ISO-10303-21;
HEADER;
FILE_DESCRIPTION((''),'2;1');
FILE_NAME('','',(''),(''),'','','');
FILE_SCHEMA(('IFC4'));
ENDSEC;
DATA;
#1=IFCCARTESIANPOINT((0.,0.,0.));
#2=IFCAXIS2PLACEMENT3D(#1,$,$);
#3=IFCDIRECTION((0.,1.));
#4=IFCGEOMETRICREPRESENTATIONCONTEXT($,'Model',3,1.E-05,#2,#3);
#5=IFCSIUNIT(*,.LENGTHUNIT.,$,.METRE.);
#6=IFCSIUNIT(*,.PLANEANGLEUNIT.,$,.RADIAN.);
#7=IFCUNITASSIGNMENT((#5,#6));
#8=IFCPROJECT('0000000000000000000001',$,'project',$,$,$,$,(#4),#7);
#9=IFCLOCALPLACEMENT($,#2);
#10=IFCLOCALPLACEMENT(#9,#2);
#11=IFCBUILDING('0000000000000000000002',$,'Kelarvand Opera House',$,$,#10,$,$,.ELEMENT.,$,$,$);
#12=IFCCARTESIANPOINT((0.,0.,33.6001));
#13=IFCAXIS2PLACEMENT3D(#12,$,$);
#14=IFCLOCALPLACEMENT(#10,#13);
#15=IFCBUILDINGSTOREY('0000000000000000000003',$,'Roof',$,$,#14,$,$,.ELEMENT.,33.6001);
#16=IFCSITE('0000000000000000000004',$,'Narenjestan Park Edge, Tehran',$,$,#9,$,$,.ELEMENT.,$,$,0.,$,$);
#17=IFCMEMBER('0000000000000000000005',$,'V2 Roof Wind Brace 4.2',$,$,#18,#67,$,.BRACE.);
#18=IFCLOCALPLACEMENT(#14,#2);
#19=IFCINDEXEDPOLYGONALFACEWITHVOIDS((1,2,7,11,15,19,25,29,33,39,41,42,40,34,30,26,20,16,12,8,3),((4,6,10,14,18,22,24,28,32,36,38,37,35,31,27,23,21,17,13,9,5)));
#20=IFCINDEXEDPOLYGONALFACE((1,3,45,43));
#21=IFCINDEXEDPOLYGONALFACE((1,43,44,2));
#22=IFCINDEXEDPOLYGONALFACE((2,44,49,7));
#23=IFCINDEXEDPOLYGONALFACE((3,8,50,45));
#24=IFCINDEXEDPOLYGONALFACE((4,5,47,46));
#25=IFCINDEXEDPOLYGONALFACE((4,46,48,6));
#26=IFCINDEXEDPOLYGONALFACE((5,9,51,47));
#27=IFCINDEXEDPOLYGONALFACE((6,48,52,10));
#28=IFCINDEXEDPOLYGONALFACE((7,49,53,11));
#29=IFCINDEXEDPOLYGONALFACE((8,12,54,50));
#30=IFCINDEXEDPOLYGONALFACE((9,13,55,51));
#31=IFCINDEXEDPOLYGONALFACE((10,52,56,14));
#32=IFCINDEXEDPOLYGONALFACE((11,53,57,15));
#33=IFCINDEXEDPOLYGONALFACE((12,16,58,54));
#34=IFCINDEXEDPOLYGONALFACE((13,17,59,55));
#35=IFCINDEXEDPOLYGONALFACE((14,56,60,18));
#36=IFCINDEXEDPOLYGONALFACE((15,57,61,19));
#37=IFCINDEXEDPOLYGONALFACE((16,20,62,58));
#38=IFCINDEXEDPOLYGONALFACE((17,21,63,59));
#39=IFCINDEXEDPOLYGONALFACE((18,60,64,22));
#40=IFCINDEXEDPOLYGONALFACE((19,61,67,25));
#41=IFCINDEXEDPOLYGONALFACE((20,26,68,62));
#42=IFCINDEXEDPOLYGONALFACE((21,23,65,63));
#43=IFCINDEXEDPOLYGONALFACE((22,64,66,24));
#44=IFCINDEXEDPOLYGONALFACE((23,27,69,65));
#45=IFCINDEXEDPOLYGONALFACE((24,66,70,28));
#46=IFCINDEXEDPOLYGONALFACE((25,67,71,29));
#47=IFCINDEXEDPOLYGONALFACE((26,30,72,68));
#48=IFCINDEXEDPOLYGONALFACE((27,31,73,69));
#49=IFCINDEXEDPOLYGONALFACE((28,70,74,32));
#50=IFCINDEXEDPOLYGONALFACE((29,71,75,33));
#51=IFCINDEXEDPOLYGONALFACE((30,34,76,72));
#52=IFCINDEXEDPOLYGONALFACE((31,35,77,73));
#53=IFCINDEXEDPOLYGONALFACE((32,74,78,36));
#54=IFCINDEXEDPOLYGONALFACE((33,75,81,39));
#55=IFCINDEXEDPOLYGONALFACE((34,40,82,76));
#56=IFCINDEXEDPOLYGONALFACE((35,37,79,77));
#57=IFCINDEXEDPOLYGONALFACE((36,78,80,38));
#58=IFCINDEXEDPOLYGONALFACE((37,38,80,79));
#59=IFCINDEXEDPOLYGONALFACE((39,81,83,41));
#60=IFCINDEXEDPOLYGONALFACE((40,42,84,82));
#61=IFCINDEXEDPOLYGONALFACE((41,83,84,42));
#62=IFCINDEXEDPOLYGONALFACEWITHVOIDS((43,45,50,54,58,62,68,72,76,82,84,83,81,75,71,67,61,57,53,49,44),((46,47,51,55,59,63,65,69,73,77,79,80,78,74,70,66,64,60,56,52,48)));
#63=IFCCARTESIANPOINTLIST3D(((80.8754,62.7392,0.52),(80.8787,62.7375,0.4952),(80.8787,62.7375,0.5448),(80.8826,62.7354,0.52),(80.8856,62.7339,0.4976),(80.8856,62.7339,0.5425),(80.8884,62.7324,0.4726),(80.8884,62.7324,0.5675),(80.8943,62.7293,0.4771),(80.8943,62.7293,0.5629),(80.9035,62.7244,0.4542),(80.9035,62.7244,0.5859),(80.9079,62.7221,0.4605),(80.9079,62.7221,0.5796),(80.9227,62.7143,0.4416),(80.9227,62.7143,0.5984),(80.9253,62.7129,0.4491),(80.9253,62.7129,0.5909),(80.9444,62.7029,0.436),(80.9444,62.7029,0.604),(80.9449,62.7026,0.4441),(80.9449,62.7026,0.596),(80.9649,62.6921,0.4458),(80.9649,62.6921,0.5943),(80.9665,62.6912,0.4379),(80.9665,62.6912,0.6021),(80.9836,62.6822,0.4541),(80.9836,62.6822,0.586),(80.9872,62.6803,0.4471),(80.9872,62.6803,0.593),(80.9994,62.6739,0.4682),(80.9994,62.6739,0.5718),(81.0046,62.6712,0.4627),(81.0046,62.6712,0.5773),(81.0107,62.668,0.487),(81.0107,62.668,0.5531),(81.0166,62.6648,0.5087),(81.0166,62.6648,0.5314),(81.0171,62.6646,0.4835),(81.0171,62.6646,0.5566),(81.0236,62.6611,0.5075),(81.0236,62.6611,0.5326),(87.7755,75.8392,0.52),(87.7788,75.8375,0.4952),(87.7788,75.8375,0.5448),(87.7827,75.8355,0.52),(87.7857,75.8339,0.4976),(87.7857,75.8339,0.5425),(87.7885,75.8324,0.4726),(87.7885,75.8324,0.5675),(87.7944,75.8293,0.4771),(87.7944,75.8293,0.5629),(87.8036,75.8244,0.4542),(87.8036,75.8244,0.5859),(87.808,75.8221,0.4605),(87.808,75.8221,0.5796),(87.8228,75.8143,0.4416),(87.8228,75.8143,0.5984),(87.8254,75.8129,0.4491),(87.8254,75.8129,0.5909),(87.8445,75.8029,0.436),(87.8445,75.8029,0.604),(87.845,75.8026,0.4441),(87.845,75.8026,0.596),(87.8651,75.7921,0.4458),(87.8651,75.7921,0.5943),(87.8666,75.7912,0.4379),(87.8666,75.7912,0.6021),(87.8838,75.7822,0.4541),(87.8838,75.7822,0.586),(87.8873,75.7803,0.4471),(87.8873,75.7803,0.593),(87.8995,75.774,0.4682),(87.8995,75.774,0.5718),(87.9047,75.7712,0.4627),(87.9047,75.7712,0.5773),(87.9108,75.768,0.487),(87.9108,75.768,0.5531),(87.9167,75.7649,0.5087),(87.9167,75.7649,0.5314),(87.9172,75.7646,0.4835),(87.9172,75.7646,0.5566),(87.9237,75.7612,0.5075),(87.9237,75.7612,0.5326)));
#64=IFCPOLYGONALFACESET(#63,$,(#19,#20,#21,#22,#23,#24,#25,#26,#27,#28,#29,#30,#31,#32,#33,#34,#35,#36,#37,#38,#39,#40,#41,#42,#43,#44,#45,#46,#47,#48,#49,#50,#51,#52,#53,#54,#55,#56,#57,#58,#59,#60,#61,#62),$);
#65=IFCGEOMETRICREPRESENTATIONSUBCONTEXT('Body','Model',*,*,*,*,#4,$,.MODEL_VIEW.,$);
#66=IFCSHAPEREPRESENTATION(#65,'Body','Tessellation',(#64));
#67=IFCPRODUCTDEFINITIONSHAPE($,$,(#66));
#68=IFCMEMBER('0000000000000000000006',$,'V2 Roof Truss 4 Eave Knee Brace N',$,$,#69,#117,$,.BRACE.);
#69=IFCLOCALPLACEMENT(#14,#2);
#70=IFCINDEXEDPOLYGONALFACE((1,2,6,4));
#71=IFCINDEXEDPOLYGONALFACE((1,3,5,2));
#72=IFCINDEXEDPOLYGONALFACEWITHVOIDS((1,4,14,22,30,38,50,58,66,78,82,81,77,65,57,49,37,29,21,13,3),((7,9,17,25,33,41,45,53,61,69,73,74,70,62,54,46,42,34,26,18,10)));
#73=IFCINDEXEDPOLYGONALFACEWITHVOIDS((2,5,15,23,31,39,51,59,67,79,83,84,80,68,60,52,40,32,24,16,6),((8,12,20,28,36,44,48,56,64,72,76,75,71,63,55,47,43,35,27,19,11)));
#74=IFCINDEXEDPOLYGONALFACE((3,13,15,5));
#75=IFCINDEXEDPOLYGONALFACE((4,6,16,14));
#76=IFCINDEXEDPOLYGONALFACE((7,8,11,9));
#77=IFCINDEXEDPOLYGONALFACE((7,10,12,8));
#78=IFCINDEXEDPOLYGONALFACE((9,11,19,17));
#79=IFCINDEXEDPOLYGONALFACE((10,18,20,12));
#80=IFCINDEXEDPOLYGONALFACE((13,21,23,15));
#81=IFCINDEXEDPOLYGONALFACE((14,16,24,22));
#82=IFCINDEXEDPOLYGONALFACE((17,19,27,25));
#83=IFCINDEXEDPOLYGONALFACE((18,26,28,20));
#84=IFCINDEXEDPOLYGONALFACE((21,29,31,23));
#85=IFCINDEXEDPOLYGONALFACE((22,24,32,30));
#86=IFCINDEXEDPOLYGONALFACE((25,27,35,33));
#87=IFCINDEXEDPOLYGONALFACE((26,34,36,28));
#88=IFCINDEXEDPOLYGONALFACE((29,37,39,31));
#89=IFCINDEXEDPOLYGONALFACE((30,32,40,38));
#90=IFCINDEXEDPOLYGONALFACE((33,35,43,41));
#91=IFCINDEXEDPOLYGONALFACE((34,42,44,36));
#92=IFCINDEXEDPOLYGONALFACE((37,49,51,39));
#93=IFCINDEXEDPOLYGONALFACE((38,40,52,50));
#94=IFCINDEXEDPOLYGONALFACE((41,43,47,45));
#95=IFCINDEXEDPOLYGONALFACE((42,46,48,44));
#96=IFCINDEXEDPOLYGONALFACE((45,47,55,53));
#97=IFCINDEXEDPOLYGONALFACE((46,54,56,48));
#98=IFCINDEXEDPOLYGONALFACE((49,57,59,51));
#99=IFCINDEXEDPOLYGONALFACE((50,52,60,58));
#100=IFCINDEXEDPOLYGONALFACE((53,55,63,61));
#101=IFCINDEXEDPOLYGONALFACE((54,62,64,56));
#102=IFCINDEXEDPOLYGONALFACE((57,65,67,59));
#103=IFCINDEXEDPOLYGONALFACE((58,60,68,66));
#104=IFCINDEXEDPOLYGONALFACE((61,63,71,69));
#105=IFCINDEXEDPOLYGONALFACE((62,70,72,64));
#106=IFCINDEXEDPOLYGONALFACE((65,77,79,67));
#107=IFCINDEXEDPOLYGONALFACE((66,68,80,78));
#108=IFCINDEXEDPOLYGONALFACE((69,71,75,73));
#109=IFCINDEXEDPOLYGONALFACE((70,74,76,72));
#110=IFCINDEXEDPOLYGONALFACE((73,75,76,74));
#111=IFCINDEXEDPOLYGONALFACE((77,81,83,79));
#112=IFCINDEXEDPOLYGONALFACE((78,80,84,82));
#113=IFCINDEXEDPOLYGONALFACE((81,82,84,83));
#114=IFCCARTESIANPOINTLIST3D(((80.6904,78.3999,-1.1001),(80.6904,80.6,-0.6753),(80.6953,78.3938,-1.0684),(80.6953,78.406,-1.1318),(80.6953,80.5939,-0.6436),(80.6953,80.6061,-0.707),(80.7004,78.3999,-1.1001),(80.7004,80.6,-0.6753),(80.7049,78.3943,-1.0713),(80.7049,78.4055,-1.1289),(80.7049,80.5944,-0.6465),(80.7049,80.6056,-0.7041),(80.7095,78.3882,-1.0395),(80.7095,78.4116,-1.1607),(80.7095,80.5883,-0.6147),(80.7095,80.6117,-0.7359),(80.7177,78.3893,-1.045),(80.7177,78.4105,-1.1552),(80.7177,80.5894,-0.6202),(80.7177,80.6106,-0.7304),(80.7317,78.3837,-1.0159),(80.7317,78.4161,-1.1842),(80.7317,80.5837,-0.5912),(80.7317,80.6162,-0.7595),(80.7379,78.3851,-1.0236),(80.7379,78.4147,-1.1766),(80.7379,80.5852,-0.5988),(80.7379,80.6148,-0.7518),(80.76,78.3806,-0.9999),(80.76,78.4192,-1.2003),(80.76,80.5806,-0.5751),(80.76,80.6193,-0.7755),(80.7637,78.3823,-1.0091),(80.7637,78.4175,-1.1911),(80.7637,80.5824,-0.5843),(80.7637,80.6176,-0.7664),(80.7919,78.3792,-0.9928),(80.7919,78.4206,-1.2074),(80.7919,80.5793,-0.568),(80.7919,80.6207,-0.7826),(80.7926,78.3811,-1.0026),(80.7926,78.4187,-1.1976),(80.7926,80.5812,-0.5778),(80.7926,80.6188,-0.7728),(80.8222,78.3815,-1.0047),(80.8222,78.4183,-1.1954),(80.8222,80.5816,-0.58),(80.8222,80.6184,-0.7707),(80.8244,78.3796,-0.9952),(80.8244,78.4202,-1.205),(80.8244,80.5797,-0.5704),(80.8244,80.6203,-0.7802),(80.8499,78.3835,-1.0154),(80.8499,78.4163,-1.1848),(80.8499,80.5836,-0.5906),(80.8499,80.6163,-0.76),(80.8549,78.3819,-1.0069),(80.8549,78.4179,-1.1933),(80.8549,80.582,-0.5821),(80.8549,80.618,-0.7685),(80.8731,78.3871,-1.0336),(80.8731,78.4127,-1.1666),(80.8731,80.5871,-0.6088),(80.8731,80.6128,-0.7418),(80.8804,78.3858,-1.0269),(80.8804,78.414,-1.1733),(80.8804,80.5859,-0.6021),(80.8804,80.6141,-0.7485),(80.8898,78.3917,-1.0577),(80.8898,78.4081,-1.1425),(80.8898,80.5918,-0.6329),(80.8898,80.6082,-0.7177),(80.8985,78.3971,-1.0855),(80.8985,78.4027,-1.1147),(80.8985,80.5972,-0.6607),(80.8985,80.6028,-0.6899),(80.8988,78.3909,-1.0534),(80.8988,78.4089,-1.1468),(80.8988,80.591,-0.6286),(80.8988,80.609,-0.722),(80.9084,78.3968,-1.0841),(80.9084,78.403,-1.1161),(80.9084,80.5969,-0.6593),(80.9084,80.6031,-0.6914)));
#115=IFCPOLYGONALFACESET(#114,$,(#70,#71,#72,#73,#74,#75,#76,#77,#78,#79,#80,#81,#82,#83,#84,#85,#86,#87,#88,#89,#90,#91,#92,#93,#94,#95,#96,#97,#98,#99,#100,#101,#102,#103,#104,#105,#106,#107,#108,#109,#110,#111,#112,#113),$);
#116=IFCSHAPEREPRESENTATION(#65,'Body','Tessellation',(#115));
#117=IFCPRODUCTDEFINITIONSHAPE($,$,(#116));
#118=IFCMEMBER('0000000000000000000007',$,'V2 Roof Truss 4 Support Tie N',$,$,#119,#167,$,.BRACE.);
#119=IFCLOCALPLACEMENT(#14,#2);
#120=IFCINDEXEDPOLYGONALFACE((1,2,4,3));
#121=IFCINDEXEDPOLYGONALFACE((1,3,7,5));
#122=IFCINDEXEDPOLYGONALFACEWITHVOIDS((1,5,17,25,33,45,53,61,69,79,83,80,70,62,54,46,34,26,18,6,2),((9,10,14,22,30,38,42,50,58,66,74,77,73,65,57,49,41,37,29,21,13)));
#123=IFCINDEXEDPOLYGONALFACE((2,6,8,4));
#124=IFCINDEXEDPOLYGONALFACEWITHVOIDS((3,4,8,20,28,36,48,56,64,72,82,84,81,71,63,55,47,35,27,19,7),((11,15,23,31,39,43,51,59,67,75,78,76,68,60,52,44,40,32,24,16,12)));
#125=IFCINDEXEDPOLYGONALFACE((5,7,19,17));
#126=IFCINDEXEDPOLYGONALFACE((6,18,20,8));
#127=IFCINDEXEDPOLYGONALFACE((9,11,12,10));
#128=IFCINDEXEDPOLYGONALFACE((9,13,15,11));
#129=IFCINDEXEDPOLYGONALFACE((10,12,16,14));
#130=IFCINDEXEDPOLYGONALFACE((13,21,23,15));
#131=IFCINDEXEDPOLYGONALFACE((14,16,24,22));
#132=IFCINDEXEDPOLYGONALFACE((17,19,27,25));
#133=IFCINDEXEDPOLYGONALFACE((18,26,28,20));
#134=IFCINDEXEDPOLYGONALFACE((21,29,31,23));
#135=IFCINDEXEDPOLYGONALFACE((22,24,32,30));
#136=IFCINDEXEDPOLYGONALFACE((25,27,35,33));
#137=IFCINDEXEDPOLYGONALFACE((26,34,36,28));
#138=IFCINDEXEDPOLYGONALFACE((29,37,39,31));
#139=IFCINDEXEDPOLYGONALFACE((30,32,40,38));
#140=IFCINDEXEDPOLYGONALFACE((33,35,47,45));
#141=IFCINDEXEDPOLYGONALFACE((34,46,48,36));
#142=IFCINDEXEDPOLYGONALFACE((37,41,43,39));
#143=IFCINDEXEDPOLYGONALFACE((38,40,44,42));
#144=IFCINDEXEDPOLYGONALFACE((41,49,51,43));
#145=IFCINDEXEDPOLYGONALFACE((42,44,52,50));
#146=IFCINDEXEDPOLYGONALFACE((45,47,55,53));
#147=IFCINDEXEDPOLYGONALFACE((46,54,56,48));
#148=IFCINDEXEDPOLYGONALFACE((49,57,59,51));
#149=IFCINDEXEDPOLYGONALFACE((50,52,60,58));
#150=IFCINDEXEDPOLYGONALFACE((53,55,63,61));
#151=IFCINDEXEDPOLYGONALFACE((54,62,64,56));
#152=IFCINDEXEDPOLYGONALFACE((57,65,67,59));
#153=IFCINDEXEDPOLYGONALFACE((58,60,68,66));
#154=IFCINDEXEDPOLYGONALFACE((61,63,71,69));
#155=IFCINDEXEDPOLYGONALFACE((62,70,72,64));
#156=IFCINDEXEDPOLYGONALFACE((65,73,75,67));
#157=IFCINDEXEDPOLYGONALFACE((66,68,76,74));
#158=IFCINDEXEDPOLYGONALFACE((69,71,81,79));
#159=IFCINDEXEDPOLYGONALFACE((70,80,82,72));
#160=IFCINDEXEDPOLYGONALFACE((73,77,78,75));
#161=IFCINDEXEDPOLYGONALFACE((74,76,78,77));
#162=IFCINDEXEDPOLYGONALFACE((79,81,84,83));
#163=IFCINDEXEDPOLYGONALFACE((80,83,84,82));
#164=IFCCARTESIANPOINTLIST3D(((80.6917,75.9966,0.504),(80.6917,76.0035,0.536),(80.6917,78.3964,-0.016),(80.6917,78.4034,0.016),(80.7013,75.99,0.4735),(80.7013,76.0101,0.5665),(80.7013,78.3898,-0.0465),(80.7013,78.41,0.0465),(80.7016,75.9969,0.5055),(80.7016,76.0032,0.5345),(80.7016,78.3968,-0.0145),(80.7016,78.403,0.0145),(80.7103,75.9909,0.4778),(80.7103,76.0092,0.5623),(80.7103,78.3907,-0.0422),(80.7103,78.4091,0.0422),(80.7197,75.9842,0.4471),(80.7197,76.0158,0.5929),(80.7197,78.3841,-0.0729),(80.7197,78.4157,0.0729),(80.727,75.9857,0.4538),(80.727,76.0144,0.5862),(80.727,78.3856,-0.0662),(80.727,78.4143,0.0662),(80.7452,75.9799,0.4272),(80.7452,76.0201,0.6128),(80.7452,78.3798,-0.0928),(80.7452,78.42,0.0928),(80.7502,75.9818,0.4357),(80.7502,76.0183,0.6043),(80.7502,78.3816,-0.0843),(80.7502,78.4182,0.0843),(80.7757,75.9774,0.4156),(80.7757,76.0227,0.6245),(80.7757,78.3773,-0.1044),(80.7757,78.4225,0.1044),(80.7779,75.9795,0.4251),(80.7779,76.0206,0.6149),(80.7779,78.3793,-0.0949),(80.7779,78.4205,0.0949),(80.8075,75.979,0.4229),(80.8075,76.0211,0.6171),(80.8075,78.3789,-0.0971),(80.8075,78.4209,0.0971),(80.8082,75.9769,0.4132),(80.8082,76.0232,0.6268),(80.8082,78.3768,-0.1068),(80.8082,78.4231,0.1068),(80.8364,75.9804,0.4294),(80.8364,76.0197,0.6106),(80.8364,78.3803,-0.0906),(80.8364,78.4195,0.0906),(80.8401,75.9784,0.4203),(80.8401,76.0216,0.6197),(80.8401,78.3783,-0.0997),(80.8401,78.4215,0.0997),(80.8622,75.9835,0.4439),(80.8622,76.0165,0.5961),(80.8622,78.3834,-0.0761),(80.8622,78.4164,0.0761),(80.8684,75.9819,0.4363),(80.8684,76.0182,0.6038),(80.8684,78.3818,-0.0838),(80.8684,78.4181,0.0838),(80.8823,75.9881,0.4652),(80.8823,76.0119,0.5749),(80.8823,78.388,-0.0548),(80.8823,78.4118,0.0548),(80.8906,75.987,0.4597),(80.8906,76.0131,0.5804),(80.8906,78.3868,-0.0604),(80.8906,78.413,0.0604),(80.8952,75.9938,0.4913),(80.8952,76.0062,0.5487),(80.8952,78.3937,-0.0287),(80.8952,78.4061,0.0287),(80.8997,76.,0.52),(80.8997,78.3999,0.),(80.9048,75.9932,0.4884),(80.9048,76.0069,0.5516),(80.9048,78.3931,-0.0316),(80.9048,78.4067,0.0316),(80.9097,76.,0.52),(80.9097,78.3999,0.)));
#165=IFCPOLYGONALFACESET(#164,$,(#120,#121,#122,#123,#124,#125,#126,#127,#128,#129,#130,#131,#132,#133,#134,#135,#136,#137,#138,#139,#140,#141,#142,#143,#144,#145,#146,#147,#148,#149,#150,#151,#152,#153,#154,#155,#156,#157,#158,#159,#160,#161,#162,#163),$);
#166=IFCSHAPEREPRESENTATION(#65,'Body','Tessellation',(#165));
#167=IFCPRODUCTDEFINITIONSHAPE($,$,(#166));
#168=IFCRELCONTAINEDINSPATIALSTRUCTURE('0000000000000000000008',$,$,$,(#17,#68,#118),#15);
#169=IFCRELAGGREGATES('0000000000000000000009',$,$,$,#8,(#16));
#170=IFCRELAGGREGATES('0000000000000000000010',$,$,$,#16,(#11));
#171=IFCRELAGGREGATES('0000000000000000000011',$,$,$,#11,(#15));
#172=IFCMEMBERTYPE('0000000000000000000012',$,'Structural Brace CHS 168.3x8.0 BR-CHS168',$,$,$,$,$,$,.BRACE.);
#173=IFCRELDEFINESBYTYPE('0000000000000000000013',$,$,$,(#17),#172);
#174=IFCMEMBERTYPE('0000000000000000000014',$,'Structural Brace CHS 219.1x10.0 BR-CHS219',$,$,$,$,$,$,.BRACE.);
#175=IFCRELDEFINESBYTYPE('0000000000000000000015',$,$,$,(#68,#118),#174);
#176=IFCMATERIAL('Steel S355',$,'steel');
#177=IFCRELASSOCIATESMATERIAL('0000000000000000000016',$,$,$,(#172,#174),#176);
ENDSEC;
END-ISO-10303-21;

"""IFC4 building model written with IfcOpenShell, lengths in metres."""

from ifc_helpers import new_model, si_unit, direction, frame, origin, origin_2d, place, context, subcontext, project, spatial, hollow_circle, extrude, material, material_profile, profile_set, type_object, element, save


model = new_model("IFC4")

# Units and contexts
model_context = context("Model", 3, precision=1e-05, world=origin(), true_north=direction((0.0, 1.0)))
body_context = subcontext(model_context, "Body", "Model", "MODEL_VIEW")
ifc_project = project(units=[si_unit("LENGTHUNIT", "METRE"), si_unit("PLANEANGLEUNIT", "RADIAN")], contexts=[model_context])

# Site, building, storey
site_placement = place(None, origin())
site = spatial("IfcSite", under=ifc_project, at=site_placement, Name="Narenjestan Park Edge, Tehran", CompositionType="ELEMENT", RefElevation=0.0)
building_placement = place(site_placement, origin())
building = spatial("IfcBuilding", under=site, at=building_placement, Name="Kelarvand Opera House", CompositionType="ELEMENT")
storey_placement = place(building_placement, frame((0.0, 0.0, 33.6001)))
storey = spatial("IfcBuildingStorey", under=building, at=storey_placement, Name="Roof", CompositionType="ELEMENT", Elevation=33.6001)

# Members
ifc_material = material(Name="Steel S355", Category="steel")
ifc_material_profile_1 = material_profile(ifc_material, hollow_circle(Radius=0.0842, WallThickness=0.0081, at=origin_2d()), Name="CHS 168.3x8.0", Category="steel")
ifc_profile_set_1 = profile_set([ifc_material_profile_1], Name="Steel S355")
member_type_1 = type_object("IfcMemberType", Name="Structural Brace CHS 168.3x8.0 BR-CHS168", PredefinedType="BRACE", material=ifc_profile_set_1)
member_1_placement = place(storey_placement, frame((80.95, 62.7, 0.52), z_axis=(0.46603, 0.884769, 0.0), x_axis=(-0.884769, 0.46603, 0.0)))
element("IfcMember", 1, at=member_1_placement, inside=storey, type_object=member_type_1, Name="V2 Roof Wind Brace 4.2", PredefinedType="BRACE", context=body_context, shape_type="SweptSolid", body=[
    extrude(hollow_circle(Radius=0.0842, WallThickness=0.0081, at=origin_2d()), origin(), (0.0, 0.0, 1.0), 14.8062),
])
ifc_material_profile_2 = material_profile(ifc_material, hollow_circle(Radius=0.1096, WallThickness=0.01, at=origin_2d()), Name="CHS 219.1x10.0", Category="steel")
ifc_profile_set_2 = profile_set([ifc_material_profile_2], Name="Steel S355")
member_type_2 = type_object("IfcMemberType", Name="Structural Brace CHS 219.1x10.0 BR-CHS219", PredefinedType="BRACE", material=ifc_profile_set_2)
member_2_placement = place(storey_placement, frame((80.8, 78.3999, -1.1001), z_axis=(0.0, 0.981866, 0.189575), x_axis=(-1.0, 0.0, 0.0)))
element("IfcMember", 2, at=member_2_placement, inside=storey, type_object=member_type_2, Name="V2 Roof Truss 4 Eave Knee Brace N", PredefinedType="BRACE", context=body_context, shape_type="SweptSolid", body=[
    extrude(hollow_circle(Radius=0.1096, WallThickness=0.01, at=origin_2d()), origin(), (0.0, 0.0, 1.0), 2.2407),
])
member_3_placement = place(storey_placement, frame((80.8, 78.3999, 0.0), z_axis=(0.0, -0.97732, 0.211769), x_axis=(1.0, 0.0, 0.0)))
element("IfcMember", 3, at=member_3_placement, inside=storey, type_object=member_type_2, Name="V2 Roof Truss 4 Support Tie N", PredefinedType="BRACE", context=body_context, shape_type="SweptSolid", body=[
    extrude(hollow_circle(Radius=0.1096, WallThickness=0.01, at=origin_2d()), origin(), (0.0, 0.0, 1.0), 2.4556),
])

save(model, "model.ifc")
